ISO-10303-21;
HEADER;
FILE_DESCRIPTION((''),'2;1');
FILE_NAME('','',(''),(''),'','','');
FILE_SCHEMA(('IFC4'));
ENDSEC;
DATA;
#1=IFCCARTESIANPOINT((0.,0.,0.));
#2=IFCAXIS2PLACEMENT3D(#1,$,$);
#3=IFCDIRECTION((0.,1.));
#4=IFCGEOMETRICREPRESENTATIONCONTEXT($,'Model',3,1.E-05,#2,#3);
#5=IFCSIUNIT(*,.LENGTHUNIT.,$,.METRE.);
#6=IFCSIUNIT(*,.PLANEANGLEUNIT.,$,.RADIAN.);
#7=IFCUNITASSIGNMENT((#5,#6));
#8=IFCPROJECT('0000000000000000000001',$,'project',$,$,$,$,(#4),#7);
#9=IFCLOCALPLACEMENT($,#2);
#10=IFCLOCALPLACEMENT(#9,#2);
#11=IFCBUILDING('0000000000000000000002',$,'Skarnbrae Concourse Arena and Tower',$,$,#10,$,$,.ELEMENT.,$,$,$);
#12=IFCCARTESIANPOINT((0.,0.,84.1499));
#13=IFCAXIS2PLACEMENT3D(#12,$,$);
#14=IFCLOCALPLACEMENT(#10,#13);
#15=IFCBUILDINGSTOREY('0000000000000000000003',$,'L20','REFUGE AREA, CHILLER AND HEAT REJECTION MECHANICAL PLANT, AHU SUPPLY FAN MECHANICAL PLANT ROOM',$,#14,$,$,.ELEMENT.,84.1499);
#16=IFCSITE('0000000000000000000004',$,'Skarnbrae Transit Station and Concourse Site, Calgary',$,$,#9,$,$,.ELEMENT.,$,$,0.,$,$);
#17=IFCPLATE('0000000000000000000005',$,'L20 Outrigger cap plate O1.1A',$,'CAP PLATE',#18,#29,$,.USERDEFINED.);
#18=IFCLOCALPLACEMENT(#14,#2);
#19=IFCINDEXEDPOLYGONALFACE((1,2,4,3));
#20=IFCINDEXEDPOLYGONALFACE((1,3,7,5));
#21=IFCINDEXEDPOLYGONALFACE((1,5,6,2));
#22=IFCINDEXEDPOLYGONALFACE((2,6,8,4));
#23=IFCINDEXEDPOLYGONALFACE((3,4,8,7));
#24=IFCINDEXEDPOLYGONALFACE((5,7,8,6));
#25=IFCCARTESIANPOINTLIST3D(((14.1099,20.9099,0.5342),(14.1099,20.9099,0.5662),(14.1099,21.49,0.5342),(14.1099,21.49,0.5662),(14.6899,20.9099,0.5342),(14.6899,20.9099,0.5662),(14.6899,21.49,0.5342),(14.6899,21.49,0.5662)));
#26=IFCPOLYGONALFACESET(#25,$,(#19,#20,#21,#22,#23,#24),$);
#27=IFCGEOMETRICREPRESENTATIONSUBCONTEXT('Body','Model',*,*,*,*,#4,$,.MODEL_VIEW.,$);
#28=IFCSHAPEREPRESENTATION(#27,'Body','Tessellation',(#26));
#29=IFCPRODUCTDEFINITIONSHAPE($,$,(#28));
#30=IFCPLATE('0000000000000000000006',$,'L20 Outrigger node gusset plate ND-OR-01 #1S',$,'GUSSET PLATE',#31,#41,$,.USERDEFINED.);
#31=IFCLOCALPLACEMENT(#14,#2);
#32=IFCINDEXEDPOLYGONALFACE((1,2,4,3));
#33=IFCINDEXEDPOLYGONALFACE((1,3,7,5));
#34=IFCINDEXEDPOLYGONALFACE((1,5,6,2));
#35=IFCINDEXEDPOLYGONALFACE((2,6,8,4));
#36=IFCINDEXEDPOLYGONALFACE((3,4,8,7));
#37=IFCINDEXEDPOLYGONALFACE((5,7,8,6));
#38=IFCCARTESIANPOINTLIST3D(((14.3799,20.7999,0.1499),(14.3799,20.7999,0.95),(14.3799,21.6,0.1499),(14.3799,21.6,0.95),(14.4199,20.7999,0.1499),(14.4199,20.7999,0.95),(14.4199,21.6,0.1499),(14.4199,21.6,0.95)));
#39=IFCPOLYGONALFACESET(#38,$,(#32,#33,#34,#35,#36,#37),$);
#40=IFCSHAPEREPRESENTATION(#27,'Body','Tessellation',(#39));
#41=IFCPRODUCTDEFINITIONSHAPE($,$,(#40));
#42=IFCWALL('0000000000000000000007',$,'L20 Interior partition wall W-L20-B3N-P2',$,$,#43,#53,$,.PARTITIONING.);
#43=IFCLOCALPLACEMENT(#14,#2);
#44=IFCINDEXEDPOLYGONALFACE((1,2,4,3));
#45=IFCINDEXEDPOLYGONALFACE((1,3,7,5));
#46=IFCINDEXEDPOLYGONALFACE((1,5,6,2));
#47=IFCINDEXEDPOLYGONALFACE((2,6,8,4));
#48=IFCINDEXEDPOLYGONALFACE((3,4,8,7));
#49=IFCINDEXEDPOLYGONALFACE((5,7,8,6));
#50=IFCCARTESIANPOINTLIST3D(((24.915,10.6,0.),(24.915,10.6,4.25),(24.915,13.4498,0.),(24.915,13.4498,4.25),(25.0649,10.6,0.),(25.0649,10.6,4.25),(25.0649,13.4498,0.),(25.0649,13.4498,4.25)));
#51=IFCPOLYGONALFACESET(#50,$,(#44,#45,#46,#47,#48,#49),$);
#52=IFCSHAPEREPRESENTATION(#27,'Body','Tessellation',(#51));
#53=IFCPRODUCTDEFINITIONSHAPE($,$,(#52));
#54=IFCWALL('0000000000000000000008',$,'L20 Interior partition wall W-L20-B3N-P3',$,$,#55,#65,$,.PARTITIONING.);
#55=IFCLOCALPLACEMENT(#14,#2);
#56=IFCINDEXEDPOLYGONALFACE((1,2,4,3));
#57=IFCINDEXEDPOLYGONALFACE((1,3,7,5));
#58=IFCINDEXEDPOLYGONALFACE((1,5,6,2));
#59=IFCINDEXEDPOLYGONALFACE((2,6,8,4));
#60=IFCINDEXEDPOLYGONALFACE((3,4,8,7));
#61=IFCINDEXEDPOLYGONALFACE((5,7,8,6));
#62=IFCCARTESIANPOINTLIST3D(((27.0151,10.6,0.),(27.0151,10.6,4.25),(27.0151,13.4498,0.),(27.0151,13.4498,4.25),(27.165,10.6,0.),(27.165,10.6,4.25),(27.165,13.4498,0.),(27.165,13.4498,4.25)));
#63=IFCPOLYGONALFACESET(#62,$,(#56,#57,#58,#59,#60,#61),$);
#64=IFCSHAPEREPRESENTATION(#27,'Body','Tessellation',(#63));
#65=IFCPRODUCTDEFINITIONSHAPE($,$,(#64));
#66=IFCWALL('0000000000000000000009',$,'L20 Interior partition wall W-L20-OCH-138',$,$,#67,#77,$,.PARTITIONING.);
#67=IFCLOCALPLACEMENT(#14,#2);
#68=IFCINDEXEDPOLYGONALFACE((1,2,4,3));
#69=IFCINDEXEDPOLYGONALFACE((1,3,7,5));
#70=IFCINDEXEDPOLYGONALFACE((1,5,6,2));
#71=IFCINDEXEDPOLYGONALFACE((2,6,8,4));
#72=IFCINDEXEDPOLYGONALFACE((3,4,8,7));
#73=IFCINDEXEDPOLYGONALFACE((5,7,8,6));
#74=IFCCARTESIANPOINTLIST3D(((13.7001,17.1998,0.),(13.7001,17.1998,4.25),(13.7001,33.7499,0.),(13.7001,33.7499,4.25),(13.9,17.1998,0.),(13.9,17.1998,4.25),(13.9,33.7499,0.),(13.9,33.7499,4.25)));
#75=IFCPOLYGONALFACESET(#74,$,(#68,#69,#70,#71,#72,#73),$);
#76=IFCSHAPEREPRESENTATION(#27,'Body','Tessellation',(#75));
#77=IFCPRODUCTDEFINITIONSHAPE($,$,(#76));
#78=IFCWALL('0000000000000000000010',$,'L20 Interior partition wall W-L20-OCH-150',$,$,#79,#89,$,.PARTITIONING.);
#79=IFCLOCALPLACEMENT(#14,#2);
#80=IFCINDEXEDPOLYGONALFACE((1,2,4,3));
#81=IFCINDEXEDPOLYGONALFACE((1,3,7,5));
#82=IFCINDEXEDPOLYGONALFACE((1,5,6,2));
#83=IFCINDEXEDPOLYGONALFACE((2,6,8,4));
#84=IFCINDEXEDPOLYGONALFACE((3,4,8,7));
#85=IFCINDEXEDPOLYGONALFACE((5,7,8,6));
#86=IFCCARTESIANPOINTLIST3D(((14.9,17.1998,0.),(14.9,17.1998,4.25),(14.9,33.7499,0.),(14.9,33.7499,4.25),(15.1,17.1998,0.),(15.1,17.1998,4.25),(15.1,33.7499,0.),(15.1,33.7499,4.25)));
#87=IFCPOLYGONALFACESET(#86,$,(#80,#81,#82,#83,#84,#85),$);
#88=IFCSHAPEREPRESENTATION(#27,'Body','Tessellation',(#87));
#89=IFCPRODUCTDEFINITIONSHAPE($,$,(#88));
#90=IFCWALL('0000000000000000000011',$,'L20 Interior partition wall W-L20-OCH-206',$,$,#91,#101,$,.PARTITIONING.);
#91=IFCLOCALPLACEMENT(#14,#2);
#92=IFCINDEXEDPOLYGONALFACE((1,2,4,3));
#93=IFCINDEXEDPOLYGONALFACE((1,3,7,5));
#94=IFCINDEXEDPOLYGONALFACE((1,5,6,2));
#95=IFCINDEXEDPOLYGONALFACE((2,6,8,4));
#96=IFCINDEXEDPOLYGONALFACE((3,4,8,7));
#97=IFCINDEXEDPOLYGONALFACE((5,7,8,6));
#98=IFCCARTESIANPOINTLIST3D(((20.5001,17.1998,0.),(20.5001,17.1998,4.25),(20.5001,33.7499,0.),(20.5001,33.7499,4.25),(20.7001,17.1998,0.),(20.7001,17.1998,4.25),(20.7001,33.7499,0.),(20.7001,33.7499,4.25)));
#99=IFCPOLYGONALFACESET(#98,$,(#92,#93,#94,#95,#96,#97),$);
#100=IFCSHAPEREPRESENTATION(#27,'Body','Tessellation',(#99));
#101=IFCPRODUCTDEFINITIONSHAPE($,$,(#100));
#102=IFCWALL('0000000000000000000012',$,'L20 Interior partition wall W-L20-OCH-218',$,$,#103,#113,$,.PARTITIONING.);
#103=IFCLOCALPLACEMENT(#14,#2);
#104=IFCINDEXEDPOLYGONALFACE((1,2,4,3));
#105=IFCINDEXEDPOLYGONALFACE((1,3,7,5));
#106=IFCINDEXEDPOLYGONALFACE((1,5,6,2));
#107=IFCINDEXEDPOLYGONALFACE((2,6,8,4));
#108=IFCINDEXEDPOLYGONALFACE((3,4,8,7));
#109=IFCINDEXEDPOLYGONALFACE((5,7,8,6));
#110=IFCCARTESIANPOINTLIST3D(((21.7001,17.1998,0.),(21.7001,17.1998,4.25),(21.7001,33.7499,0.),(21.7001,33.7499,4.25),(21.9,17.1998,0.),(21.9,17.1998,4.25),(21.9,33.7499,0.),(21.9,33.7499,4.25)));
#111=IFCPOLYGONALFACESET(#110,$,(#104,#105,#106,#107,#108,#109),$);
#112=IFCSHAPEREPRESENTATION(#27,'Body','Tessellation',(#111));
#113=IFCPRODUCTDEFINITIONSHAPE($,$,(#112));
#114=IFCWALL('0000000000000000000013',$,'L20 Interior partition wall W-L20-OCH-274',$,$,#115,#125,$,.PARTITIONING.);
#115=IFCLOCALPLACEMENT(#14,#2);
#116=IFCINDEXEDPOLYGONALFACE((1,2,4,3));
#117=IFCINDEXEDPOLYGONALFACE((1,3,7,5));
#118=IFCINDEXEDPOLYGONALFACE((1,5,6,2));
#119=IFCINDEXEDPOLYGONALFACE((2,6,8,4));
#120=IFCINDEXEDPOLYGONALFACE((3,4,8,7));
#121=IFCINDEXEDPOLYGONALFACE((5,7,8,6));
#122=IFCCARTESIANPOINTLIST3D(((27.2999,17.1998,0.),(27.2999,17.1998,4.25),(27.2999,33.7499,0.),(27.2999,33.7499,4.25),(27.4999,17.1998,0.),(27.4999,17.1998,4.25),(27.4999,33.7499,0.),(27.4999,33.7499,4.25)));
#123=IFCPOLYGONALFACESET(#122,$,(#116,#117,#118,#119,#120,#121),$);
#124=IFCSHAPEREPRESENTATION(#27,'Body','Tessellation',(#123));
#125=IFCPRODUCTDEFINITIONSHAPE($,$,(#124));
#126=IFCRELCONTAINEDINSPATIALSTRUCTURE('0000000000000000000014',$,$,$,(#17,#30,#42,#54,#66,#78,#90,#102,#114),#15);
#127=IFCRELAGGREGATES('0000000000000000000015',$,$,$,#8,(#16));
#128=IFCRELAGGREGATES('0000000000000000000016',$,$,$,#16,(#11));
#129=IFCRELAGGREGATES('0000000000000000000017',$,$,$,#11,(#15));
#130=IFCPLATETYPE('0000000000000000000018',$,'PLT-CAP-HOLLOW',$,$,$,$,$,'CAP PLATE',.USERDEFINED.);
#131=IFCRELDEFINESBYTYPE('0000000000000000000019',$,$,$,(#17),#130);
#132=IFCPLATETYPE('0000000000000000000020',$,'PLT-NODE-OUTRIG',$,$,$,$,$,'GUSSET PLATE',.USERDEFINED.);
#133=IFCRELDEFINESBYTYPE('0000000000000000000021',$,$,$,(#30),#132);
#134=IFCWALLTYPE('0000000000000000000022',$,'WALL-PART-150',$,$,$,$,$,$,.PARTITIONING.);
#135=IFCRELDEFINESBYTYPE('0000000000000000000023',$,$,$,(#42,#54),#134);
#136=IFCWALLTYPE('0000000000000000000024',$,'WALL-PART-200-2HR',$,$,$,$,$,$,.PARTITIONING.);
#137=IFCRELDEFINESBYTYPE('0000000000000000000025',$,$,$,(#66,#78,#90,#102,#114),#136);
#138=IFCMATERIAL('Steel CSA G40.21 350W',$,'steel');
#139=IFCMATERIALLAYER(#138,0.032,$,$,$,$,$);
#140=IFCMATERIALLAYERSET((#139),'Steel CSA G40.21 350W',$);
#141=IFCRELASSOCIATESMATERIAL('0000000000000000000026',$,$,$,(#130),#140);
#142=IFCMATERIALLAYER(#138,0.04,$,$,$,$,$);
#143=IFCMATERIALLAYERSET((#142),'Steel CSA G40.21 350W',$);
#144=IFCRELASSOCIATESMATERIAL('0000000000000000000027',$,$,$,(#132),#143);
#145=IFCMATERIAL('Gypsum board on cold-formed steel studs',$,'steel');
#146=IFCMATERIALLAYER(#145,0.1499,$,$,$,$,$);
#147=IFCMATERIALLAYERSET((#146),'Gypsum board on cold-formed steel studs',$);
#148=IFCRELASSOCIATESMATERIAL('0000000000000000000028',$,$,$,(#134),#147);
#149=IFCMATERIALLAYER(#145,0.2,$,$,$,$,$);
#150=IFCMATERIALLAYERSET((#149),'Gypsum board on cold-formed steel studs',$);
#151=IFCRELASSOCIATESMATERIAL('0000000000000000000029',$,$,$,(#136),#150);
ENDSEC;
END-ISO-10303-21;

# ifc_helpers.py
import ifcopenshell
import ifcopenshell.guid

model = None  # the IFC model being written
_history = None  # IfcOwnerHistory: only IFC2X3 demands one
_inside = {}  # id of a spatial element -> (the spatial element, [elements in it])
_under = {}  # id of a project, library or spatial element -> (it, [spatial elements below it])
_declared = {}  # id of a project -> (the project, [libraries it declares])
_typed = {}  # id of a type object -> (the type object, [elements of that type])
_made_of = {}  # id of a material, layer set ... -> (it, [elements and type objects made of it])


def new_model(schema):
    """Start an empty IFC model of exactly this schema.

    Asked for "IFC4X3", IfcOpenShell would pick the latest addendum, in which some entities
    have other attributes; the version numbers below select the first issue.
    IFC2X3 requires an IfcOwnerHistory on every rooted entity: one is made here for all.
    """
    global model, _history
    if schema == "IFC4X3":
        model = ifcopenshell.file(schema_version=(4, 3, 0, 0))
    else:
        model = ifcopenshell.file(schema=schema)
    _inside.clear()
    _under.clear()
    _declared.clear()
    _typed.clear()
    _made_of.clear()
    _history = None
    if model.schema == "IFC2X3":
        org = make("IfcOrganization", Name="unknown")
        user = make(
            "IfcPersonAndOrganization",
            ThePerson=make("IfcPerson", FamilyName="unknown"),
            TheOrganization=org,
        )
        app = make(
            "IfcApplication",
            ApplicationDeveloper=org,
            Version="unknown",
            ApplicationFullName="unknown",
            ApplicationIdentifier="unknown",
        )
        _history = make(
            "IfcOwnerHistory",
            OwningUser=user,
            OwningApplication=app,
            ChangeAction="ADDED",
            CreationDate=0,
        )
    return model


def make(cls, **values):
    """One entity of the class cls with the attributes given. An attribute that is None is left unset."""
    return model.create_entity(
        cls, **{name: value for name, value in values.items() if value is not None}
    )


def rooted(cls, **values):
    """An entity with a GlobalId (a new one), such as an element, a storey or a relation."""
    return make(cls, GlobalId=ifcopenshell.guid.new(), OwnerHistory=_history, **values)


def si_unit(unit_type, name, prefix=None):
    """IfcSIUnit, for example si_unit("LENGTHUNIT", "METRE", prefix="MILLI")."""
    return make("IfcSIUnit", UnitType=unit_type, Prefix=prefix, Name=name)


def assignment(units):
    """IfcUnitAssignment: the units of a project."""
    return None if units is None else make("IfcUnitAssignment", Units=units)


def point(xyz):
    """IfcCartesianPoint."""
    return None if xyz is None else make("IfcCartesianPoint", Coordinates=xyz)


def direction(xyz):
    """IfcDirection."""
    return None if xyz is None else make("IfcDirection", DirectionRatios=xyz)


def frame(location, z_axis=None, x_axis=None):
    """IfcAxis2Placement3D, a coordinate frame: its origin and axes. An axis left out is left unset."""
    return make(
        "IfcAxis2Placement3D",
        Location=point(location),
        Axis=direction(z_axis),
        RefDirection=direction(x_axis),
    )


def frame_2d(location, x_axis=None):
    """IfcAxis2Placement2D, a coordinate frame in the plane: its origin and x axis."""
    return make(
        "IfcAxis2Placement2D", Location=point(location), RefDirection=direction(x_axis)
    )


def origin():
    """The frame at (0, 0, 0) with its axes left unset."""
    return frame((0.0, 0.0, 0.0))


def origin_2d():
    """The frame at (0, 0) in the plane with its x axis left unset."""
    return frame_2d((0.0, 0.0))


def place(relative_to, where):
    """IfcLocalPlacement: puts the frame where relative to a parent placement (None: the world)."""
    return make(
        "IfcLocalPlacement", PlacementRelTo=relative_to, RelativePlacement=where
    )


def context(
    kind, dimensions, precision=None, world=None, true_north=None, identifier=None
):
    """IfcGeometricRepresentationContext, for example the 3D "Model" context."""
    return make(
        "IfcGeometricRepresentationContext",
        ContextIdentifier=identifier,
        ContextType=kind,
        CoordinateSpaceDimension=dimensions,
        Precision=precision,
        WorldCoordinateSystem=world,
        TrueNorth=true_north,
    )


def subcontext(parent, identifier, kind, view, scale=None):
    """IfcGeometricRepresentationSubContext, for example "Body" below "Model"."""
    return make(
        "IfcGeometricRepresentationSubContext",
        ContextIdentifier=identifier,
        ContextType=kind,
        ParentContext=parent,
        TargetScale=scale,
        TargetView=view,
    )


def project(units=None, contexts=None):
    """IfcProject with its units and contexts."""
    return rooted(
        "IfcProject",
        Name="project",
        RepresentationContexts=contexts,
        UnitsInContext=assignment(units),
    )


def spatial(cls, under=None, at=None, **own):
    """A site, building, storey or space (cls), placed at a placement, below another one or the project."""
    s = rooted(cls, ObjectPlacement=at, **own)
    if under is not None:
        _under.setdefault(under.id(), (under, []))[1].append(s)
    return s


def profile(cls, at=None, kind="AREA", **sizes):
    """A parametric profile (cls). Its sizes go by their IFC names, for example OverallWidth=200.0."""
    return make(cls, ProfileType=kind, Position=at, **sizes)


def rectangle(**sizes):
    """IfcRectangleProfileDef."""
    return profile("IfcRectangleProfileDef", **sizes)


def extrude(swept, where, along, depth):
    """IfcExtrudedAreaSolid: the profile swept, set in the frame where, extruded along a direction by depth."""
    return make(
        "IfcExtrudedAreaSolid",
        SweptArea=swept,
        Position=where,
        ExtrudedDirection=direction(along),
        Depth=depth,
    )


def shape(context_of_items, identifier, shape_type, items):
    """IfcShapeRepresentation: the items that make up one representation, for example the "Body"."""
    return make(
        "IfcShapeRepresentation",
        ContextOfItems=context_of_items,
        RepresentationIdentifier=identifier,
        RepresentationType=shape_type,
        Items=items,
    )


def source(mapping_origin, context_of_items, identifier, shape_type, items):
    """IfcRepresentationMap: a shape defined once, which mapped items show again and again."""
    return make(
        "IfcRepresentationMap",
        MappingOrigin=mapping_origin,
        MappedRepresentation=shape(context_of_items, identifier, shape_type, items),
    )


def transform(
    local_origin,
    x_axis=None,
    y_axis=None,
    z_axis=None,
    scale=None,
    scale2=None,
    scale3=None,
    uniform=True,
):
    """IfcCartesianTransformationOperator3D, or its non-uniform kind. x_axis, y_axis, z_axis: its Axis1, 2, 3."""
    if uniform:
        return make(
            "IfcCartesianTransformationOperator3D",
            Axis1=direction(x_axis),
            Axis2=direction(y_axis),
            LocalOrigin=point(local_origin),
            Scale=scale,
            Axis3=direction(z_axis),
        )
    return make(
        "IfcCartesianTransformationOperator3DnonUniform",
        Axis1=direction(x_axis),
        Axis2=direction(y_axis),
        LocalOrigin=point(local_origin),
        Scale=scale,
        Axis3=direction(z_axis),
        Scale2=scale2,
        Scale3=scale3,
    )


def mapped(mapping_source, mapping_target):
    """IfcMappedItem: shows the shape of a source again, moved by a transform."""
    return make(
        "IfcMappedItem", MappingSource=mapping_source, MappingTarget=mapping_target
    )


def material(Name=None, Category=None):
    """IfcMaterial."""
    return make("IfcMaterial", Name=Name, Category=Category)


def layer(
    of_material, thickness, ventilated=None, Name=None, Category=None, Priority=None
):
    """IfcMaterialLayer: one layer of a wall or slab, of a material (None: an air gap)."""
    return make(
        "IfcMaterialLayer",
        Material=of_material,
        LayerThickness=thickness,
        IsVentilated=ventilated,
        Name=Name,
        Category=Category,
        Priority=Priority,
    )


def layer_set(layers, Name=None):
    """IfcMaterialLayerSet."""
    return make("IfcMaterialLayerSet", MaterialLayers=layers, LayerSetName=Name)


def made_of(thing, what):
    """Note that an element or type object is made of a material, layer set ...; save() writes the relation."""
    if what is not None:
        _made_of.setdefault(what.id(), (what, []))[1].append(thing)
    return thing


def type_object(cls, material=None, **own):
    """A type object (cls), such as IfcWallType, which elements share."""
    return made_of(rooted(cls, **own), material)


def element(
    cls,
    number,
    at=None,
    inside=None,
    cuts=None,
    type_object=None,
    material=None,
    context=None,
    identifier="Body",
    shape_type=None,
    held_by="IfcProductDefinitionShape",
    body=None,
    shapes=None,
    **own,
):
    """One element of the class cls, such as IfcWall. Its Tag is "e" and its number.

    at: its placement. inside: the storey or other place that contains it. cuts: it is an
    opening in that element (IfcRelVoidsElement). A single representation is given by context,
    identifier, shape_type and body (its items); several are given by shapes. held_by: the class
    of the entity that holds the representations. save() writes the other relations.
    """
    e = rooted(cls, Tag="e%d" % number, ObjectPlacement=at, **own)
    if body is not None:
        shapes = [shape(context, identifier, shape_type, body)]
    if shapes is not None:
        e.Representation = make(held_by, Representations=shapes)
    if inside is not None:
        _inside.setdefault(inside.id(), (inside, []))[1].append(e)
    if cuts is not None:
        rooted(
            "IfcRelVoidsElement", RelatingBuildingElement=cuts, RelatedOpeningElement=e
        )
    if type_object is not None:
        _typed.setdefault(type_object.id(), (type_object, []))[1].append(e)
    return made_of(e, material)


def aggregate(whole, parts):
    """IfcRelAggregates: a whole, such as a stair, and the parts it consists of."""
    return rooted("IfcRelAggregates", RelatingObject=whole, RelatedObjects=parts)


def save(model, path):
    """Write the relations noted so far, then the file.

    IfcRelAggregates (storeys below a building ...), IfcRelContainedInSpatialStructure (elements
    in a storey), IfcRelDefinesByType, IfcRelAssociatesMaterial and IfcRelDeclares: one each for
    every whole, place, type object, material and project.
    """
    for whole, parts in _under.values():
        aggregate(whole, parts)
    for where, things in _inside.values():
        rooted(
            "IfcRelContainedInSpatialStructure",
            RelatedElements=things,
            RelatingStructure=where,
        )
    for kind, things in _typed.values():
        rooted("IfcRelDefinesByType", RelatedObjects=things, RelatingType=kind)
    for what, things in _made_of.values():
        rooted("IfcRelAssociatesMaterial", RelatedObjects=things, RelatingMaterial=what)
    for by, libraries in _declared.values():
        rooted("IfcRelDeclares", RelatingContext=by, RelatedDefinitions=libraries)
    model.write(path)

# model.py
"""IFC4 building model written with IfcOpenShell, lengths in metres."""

from ifc_helpers import new_model, si_unit, direction, frame, frame_2d, origin, origin_2d, place, context, subcontext, project, spatial, rectangle, extrude, source, transform, mapped, material, layer, layer_set, type_object, element, save


model = new_model("IFC4")

# Units and contexts
model_context = context("Model", 3, precision=1e-05, world=origin(), true_north=direction((0.0, 1.0)))
body_context = subcontext(model_context, "Body", "Model", "MODEL_VIEW")
ifc_project = project(units=[si_unit("LENGTHUNIT", "METRE"), si_unit("PLANEANGLEUNIT", "RADIAN")], contexts=[model_context])

# Site, building, storey
site_placement = place(None, origin())
site = spatial("IfcSite", under=ifc_project, at=site_placement, Name="Skarnbrae Transit Station and Concourse Site, Calgary", CompositionType="ELEMENT", RefElevation=0.0)
building_placement = place(site_placement, origin())
building = spatial("IfcBuilding", under=site, at=building_placement, Name="Skarnbrae Concourse Arena and Tower", CompositionType="ELEMENT")
storey_placement = place(building_placement, frame((0.0, 0.0, 84.1499)))
storey = spatial("IfcBuildingStorey", under=building, at=storey_placement, Name="L20", Description="REFUGE AREA, CHILLER AND HEAT REJECTION MECHANICAL PLANT, AHU SUPPLY FAN MECHANICAL PLANT ROOM", CompositionType="ELEMENT", Elevation=84.1499)

# Shared definitions
ifc_material_1 = material(Name="Steel CSA G40.21 350W", Category="steel")

# Plates
ifc_layer_1 = layer(ifc_material_1, 0.032)
ifc_layer_set_1 = layer_set([ifc_layer_1], Name="Steel CSA G40.21 350W")
plate_type_1 = type_object("IfcPlateType", Name="PLT-CAP-HOLLOW", ElementType="CAP PLATE", PredefinedType="USERDEFINED", material=ifc_layer_set_1)
shared_shape_1 = source(origin(), body_context, "Body", "SweptSolid", [
    extrude(rectangle(XDim=0.5801, YDim=0.5801, at=origin_2d()), origin(), (0.0, 0.0, 1.0), 0.032),
])
plate_1_placement = place(storey_placement, frame((14.3999, 21.2, 0.5342), z_axis=(0.0, 0.0, 1.0), x_axis=(1.0, 0.0, 0.0)))
element("IfcPlate", 1, at=plate_1_placement, inside=storey, type_object=plate_type_1, Name="L20 Outrigger cap plate O1.1A", ObjectType="CAP PLATE", PredefinedType="USERDEFINED", context=body_context, shape_type="MappedRepresentation", body=[
    mapped(shared_shape_1, transform((0.0, 0.0, 0.0))),
])
ifc_layer_2 = layer(ifc_material_1, 0.04)
ifc_layer_set_2 = layer_set([ifc_layer_2], Name="Steel CSA G40.21 350W")
plate_type_2 = type_object("IfcPlateType", Name="PLT-NODE-OUTRIG", ElementType="GUSSET PLATE", PredefinedType="USERDEFINED", material=ifc_layer_set_2)
shared_shape_2 = source(origin(), body_context, "Body", "SweptSolid", [
    extrude(rectangle(XDim=0.8, YDim=0.04, at=origin_2d()), origin(), (0.0, 0.0, 1.0), 0.8),
])
plate_2_placement = place(storey_placement, frame((14.3999, 21.2, 0.1499), z_axis=(0.0, 0.0, 1.0), x_axis=(0.0, 1.0, 0.0)))
element("IfcPlate", 2, at=plate_2_placement, inside=storey, type_object=plate_type_2, Name="L20 Outrigger node gusset plate ND-OR-01 #1S", ObjectType="GUSSET PLATE", PredefinedType="USERDEFINED", context=body_context, shape_type="MappedRepresentation", body=[
    mapped(shared_shape_2, transform((0.0, 0.0, 0.0))),
])

# Walls
ifc_material_2 = material(Name="Gypsum board on cold-formed steel studs", Category="steel")
ifc_layer_3 = layer(ifc_material_2, 0.1499)
ifc_layer_set_3 = layer_set([ifc_layer_3], Name="Gypsum board on cold-formed steel studs")
wall_type_1 = type_object("IfcWallType", Name="WALL-PART-150", PredefinedType="PARTITIONING", material=ifc_layer_set_3)
shared_shape_3 = source(origin(), body_context, "Body", "SweptSolid", [
    extrude(rectangle(XDim=2.8499, YDim=0.1499, at=frame_2d((1.4248, 0.0))), origin(), (0.0, 0.0, 1.0), 4.25),
])
for number, where, z_axis, x_axis, name in (
    (3, (24.99, 10.6001, 0.0), (0.0, 0.0, 1.0), (0.0, 1.0, 0.0), "L20 Interior partition wall W-L20-B3N-P2"),
    (4, (27.0901, 10.6001, 0.0), (0.0, 0.0, 1.0), (0.0, 1.0, 0.0), "L20 Interior partition wall W-L20-B3N-P3"),
):
    element("IfcWall", number, at=place(storey_placement, frame(where, z_axis=z_axis, x_axis=x_axis)), inside=storey, type_object=wall_type_1, Name=name, PredefinedType="PARTITIONING", context=body_context, shape_type="MappedRepresentation", body=[
        mapped(shared_shape_3, transform((0.0, 0.0, 0.0))),
    ])
ifc_layer_4 = layer(ifc_material_2, 0.2)
ifc_layer_set_4 = layer_set([ifc_layer_4], Name="Gypsum board on cold-formed steel studs")
wall_type_2 = type_object("IfcWallType", Name="WALL-PART-200-2HR", PredefinedType="PARTITIONING", material=ifc_layer_set_4)
shared_shape_4 = source(origin(), body_context, "Body", "SweptSolid", [
    extrude(rectangle(XDim=16.55, YDim=0.2, at=frame_2d((8.2749, 0.0))), origin(), (0.0, 0.0, 1.0), 4.25),
])
for number, where, z_axis, x_axis, name in (
    (5, (13.8, 17.2, 0.0), (0.0, 0.0, 1.0), (0.0, 1.0, 0.0), "L20 Interior partition wall W-L20-OCH-138"),
    (6, (15.0, 17.2, 0.0), (0.0, 0.0, 1.0), (0.0, 1.0, 0.0), "L20 Interior partition wall W-L20-OCH-150"),
    (7, (20.6001, 17.2, 0.0), (0.0, 0.0, 1.0), (0.0, 1.0, 0.0), "L20 Interior partition wall W-L20-OCH-206"),
    (8, (21.8, 17.2, 0.0), (0.0, 0.0, 1.0), (0.0, 1.0, 0.0), "L20 Interior partition wall W-L20-OCH-218"),
    (9, (27.3999, 17.2, 0.0), (0.0, 0.0, 1.0), (0.0, 1.0, 0.0), "L20 Interior partition wall W-L20-OCH-274"),
):
    element("IfcWall", number, at=place(storey_placement, frame(where, z_axis=z_axis, x_axis=x_axis)), inside=storey, type_object=wall_type_2, Name=name, PredefinedType="PARTITIONING", context=body_context, shape_type="MappedRepresentation", body=[
        mapped(shared_shape_4, transform((0.0, 0.0, 0.0))),
    ])

save(model, "model.ifc")
